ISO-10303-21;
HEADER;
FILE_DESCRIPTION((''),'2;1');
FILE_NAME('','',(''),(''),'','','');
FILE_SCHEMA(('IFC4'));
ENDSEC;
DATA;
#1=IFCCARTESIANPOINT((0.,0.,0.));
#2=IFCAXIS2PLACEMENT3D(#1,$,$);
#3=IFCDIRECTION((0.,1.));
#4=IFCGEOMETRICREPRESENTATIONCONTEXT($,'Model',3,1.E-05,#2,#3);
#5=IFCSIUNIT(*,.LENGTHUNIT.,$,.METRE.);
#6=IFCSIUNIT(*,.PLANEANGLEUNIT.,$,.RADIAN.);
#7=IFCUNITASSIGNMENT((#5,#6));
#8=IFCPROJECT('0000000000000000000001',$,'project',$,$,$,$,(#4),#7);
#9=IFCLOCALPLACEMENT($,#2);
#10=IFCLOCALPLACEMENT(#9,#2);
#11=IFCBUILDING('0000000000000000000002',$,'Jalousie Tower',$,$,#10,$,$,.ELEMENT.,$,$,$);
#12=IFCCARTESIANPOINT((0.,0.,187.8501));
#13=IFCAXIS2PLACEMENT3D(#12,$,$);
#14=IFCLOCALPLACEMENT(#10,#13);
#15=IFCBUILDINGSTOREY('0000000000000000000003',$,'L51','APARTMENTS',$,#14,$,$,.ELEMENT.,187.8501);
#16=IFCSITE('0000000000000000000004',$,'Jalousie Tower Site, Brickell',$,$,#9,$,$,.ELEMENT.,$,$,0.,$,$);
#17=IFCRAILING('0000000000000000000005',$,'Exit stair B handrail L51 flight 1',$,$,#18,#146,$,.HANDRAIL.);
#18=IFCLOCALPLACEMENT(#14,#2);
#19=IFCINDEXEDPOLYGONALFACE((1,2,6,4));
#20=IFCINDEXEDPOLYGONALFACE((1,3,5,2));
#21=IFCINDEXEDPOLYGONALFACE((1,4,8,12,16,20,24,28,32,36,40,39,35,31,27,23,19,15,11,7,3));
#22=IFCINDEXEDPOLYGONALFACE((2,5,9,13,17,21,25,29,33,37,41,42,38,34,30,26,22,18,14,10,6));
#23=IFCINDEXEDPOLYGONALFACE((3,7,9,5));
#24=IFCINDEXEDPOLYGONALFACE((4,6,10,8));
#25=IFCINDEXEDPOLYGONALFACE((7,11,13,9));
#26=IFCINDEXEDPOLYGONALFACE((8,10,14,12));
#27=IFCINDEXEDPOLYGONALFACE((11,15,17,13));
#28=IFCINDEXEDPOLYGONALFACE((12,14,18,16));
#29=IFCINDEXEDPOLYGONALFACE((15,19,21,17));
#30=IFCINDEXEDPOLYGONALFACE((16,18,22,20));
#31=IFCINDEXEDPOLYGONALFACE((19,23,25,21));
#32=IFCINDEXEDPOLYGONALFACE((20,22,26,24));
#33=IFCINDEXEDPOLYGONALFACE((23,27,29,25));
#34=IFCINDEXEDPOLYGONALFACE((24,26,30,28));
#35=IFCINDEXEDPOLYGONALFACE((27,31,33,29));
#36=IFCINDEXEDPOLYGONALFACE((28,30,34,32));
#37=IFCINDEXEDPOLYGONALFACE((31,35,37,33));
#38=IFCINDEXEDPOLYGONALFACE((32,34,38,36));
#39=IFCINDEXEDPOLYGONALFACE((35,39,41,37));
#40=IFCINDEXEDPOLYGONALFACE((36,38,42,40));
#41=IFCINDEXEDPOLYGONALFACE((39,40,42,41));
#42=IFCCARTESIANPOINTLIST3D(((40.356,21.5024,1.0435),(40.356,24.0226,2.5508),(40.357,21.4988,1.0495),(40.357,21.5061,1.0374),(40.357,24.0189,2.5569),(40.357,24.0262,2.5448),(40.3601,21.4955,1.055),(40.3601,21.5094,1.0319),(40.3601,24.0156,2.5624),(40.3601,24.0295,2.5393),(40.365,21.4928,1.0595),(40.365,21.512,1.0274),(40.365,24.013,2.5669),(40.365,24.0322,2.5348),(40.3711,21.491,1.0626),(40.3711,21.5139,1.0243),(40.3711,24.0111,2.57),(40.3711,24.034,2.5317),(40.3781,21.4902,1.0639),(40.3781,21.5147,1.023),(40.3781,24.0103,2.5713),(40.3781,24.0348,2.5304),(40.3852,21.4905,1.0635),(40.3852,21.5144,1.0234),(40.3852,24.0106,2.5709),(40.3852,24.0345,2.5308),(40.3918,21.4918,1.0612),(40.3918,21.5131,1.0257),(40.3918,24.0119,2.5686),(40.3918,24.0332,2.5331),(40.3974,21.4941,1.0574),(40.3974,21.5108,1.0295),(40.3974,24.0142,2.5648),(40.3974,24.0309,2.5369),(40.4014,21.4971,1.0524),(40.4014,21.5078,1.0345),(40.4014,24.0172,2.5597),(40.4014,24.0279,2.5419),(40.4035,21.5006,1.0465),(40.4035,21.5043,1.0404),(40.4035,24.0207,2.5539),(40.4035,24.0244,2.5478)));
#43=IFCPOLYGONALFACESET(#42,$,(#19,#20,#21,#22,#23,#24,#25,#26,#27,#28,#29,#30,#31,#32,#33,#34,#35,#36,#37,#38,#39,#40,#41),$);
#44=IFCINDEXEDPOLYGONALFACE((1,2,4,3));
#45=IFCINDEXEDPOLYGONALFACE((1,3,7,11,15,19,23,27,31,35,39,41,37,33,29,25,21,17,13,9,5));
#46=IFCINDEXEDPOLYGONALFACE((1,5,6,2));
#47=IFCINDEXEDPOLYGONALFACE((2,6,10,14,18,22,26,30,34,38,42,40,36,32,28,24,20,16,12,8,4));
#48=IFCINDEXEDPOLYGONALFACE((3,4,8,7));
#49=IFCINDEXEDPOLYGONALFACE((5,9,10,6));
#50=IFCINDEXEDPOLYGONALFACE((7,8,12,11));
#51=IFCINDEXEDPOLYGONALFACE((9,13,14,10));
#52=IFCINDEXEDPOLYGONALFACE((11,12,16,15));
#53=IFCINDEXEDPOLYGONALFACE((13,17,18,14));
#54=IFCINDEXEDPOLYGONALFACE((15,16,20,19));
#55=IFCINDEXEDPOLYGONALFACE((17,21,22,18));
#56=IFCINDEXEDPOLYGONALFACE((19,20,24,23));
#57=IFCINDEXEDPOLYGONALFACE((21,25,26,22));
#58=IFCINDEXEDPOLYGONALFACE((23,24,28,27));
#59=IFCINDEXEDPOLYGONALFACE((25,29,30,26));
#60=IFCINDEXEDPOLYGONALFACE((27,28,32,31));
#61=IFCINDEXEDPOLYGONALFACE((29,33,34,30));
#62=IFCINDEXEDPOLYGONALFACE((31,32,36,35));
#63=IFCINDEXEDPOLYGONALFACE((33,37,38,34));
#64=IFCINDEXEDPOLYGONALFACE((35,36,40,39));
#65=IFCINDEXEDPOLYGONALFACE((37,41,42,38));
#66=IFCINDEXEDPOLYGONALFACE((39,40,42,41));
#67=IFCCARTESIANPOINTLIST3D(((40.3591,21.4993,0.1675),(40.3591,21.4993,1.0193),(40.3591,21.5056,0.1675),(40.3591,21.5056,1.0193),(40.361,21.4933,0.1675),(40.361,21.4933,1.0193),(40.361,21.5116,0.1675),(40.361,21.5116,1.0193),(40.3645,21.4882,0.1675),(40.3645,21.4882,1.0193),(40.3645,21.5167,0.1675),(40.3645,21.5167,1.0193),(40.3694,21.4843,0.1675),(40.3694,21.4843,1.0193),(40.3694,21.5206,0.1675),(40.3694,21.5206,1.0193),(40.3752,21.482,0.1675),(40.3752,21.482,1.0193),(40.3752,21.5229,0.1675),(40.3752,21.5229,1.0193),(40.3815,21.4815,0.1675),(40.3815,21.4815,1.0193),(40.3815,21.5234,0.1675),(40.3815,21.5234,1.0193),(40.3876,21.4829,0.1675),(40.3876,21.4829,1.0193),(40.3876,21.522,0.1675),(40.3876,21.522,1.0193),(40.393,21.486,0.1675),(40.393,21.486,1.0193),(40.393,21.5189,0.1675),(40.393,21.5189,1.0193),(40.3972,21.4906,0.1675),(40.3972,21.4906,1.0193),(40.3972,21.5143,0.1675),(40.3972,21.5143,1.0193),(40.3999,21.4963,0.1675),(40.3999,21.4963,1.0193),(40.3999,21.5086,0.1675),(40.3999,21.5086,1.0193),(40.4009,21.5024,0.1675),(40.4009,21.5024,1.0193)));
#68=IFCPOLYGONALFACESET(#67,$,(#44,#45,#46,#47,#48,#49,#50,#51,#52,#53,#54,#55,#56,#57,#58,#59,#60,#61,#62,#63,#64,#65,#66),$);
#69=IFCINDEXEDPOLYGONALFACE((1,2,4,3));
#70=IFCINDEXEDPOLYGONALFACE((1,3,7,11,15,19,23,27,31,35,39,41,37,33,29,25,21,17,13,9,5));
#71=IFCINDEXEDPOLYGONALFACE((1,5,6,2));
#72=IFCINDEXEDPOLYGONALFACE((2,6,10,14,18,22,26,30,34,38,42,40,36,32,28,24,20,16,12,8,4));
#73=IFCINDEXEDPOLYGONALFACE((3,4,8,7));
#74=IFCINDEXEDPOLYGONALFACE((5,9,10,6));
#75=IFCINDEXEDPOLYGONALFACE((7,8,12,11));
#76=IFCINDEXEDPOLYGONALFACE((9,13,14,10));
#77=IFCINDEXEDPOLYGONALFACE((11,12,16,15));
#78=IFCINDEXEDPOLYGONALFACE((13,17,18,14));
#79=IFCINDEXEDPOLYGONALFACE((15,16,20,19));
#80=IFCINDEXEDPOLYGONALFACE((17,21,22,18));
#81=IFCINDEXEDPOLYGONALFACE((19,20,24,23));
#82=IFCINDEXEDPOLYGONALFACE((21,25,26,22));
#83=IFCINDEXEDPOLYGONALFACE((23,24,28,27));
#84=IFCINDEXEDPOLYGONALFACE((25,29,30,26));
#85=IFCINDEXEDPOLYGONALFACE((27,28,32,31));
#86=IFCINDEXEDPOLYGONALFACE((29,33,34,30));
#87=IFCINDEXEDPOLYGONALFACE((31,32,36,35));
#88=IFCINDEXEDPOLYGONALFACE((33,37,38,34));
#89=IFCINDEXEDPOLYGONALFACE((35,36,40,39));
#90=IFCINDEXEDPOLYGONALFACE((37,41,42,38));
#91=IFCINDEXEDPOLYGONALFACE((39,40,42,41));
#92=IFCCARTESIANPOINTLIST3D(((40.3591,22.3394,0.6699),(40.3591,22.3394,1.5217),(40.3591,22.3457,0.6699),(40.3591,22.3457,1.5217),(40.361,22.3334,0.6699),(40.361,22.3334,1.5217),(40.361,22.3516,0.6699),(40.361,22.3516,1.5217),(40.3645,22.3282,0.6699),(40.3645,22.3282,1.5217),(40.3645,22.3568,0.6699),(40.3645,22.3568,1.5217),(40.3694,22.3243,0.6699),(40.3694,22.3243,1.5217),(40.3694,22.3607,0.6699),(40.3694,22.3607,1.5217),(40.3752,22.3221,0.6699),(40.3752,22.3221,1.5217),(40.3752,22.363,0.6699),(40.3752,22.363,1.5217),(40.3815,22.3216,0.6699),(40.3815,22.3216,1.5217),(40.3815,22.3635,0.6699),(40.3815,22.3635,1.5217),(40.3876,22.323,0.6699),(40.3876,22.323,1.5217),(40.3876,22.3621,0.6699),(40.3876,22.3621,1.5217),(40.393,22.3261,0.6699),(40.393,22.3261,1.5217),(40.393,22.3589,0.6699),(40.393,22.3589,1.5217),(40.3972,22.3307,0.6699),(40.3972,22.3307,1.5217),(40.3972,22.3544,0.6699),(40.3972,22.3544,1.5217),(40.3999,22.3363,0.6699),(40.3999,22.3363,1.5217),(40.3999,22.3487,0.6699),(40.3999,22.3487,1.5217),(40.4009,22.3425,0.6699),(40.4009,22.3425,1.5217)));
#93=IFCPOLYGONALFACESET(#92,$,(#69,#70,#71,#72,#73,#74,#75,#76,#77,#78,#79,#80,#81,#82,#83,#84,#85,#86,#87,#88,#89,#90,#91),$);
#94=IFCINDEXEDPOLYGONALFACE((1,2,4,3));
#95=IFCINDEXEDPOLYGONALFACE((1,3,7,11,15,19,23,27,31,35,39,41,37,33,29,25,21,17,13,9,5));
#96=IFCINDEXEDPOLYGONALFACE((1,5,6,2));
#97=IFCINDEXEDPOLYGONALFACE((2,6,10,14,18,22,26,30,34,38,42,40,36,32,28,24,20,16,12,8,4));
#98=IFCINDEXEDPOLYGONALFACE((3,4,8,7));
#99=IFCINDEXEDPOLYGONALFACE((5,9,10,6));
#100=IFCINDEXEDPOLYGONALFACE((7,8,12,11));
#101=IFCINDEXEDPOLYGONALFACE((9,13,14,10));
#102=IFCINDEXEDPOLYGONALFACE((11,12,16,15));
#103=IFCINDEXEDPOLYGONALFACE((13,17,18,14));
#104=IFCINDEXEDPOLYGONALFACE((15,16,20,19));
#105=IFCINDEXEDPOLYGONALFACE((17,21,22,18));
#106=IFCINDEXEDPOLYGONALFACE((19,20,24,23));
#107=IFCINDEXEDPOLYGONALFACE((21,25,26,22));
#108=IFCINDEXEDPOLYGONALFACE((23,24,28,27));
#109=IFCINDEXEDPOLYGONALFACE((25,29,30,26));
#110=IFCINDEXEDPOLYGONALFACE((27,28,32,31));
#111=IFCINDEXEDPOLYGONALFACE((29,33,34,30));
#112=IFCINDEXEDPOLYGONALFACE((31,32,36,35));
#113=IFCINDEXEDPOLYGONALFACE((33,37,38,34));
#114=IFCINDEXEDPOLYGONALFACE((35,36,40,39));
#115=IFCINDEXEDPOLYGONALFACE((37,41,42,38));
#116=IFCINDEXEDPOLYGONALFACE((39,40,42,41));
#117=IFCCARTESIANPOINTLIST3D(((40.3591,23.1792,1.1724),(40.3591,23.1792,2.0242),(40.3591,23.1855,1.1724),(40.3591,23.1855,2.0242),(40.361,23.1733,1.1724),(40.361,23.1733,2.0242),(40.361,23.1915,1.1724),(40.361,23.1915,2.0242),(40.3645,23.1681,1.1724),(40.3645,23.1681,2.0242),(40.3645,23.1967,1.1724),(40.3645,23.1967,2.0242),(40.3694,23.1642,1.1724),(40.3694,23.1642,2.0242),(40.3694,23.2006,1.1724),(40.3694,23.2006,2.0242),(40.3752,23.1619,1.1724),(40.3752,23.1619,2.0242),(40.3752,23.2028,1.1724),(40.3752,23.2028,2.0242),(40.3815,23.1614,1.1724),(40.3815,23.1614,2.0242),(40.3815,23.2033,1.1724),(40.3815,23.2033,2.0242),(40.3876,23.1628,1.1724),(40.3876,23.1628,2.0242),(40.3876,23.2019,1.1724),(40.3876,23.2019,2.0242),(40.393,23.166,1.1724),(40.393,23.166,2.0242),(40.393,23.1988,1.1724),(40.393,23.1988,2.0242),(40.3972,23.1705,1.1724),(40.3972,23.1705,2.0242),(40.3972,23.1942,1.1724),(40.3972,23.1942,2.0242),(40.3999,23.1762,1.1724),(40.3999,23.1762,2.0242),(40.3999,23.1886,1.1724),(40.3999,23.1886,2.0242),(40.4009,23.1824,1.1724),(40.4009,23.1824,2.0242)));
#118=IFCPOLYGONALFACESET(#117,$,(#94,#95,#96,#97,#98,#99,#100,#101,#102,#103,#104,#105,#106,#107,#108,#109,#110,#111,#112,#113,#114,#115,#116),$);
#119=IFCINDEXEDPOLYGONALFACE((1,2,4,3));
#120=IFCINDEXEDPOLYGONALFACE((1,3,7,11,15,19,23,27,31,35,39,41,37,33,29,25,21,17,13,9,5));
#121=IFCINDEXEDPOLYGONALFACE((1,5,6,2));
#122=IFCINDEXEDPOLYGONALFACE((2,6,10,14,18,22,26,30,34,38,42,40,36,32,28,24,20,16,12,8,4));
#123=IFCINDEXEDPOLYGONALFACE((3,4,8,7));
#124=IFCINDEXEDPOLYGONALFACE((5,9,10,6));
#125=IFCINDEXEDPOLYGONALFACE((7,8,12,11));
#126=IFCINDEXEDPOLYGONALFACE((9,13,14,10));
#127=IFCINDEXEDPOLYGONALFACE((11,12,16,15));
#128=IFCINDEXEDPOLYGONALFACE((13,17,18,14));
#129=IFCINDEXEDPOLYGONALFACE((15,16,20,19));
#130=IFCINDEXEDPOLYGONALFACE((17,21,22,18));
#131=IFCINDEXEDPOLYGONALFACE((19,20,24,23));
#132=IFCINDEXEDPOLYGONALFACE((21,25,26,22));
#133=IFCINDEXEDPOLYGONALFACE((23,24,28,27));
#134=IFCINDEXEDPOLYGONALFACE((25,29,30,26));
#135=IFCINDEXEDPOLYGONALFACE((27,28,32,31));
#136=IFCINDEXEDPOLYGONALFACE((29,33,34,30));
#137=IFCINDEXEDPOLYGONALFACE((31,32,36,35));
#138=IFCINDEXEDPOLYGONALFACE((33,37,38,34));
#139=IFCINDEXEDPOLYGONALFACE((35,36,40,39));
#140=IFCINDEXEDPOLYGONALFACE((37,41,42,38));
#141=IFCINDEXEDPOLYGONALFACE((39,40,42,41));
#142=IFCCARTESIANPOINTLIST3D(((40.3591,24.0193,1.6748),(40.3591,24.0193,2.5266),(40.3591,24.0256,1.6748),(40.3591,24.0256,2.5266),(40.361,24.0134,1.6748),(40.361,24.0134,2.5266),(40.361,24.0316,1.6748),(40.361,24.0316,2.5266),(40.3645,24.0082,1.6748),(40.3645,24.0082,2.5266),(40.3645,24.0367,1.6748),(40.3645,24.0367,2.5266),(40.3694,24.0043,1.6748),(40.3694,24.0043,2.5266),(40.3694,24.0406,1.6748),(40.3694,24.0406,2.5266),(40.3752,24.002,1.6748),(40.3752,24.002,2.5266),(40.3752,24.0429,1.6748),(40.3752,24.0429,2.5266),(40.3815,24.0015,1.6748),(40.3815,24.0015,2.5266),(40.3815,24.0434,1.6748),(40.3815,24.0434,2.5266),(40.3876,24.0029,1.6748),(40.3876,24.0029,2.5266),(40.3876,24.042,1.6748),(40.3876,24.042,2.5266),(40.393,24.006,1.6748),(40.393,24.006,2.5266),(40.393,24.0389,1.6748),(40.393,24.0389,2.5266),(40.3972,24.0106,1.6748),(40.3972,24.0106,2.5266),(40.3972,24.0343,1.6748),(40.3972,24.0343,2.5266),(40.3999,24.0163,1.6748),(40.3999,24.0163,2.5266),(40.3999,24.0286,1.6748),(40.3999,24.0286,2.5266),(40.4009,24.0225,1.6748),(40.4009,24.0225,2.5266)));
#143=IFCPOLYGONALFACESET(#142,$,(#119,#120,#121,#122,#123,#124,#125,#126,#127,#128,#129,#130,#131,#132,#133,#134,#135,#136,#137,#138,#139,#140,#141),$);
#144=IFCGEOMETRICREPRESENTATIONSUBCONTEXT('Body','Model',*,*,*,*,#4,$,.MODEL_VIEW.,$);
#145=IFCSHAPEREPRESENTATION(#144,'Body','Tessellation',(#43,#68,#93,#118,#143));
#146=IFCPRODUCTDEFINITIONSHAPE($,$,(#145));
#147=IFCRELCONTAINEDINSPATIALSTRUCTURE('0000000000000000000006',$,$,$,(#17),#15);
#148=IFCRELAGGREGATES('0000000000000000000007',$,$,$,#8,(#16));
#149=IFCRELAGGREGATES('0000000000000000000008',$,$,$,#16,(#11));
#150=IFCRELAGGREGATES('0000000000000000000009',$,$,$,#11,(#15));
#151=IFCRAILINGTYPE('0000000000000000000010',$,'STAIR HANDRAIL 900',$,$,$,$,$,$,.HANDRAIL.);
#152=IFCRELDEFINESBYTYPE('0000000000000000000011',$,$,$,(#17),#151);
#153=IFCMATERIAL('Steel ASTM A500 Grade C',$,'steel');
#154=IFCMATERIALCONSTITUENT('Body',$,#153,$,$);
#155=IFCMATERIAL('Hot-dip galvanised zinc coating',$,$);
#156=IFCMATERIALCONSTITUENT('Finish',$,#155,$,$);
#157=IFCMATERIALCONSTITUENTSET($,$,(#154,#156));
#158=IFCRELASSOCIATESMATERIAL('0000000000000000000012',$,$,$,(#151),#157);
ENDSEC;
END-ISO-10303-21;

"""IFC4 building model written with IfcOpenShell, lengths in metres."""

from ifc_helpers import new_model, si_unit, direction, frame, origin, origin_2d, place, context, subcontext, project, spatial, circle, extrude, material, constituent, constituent_set, type_object, element, save


model = new_model("IFC4")

# Units and contexts
model_context = context("Model", 3, precision=1e-05, world=origin(), true_north=direction((0.0, 1.0)))
body_context = subcontext(model_context, "Body", "Model", "MODEL_VIEW")
ifc_project = project(units=[si_unit("LENGTHUNIT", "METRE"), si_unit("PLANEANGLEUNIT", "RADIAN")], contexts=[model_context])

# Site, building, storey
site_placement = place(None, origin())
site = spatial("IfcSite", under=ifc_project, at=site_placement, Name="Jalousie Tower Site, Brickell", CompositionType="ELEMENT", RefElevation=0.0)
building_placement = place(site_placement, origin())
building = spatial("IfcBuilding", under=site, at=building_placement, Name="Jalousie Tower", CompositionType="ELEMENT")
storey_placement = place(building_placement, frame((0.0, 0.0, 187.8501)))
storey = spatial("IfcBuildingStorey", under=building, at=storey_placement, Name="L51", Description="APARTMENTS", CompositionType="ELEMENT", Elevation=187.8501)

# Railing
ifc_material_1 = material(Name="Steel ASTM A500 Grade C", Category="steel")
ifc_constituent_1 = constituent(ifc_material_1, Name="Body")
ifc_material_2 = material(Name="Hot-dip galvanised zinc coating")
ifc_constituent_2 = constituent(ifc_material_2, Name="Finish")
ifc_constituent_set_1 = constituent_set(constituents=[ifc_constituent_1, ifc_constituent_2])
railing_type_1 = type_object("IfcRailingType", Name="STAIR HANDRAIL 900", PredefinedType="HANDRAIL", material=ifc_constituent_set_1)
railing_1_placement = place(storey_placement, frame((40.3799, 21.5024, 0.1675)))
element("IfcRailing", 1, at=railing_1_placement, inside=storey, type_object=railing_type_1, Name="Exit stair B handrail L51 flight 1", PredefinedType="HANDRAIL", context=body_context, shape_type="SweptSolid", body=[
    extrude(circle(Radius=0.0239, at=origin_2d()), frame((0.0, 0.0, 0.876), z_axis=(0.0, 0.858196, 0.513321), x_axis=(-1.0, 0.0, 0.0)), (0.0, 0.0, 1.0), 2.9365),
    extrude(circle(Radius=0.021, at=origin_2d()), origin(), (0.0, 0.0, 1.0), 0.8518),
    extrude(circle(Radius=0.021, at=origin_2d()), frame((0.0, 0.8401, 0.5024)), (0.0, 0.0, 1.0), 0.8518),
    extrude(circle(Radius=0.021, at=origin_2d()), frame((0.0, 1.6799, 1.0049)), (0.0, 0.0, 1.0), 0.8518),
    extrude(circle(Radius=0.021, at=origin_2d()), frame((0.0, 2.52, 1.5073)), (0.0, 0.0, 1.0), 0.8518),
])

save(model, "model.ifc")
